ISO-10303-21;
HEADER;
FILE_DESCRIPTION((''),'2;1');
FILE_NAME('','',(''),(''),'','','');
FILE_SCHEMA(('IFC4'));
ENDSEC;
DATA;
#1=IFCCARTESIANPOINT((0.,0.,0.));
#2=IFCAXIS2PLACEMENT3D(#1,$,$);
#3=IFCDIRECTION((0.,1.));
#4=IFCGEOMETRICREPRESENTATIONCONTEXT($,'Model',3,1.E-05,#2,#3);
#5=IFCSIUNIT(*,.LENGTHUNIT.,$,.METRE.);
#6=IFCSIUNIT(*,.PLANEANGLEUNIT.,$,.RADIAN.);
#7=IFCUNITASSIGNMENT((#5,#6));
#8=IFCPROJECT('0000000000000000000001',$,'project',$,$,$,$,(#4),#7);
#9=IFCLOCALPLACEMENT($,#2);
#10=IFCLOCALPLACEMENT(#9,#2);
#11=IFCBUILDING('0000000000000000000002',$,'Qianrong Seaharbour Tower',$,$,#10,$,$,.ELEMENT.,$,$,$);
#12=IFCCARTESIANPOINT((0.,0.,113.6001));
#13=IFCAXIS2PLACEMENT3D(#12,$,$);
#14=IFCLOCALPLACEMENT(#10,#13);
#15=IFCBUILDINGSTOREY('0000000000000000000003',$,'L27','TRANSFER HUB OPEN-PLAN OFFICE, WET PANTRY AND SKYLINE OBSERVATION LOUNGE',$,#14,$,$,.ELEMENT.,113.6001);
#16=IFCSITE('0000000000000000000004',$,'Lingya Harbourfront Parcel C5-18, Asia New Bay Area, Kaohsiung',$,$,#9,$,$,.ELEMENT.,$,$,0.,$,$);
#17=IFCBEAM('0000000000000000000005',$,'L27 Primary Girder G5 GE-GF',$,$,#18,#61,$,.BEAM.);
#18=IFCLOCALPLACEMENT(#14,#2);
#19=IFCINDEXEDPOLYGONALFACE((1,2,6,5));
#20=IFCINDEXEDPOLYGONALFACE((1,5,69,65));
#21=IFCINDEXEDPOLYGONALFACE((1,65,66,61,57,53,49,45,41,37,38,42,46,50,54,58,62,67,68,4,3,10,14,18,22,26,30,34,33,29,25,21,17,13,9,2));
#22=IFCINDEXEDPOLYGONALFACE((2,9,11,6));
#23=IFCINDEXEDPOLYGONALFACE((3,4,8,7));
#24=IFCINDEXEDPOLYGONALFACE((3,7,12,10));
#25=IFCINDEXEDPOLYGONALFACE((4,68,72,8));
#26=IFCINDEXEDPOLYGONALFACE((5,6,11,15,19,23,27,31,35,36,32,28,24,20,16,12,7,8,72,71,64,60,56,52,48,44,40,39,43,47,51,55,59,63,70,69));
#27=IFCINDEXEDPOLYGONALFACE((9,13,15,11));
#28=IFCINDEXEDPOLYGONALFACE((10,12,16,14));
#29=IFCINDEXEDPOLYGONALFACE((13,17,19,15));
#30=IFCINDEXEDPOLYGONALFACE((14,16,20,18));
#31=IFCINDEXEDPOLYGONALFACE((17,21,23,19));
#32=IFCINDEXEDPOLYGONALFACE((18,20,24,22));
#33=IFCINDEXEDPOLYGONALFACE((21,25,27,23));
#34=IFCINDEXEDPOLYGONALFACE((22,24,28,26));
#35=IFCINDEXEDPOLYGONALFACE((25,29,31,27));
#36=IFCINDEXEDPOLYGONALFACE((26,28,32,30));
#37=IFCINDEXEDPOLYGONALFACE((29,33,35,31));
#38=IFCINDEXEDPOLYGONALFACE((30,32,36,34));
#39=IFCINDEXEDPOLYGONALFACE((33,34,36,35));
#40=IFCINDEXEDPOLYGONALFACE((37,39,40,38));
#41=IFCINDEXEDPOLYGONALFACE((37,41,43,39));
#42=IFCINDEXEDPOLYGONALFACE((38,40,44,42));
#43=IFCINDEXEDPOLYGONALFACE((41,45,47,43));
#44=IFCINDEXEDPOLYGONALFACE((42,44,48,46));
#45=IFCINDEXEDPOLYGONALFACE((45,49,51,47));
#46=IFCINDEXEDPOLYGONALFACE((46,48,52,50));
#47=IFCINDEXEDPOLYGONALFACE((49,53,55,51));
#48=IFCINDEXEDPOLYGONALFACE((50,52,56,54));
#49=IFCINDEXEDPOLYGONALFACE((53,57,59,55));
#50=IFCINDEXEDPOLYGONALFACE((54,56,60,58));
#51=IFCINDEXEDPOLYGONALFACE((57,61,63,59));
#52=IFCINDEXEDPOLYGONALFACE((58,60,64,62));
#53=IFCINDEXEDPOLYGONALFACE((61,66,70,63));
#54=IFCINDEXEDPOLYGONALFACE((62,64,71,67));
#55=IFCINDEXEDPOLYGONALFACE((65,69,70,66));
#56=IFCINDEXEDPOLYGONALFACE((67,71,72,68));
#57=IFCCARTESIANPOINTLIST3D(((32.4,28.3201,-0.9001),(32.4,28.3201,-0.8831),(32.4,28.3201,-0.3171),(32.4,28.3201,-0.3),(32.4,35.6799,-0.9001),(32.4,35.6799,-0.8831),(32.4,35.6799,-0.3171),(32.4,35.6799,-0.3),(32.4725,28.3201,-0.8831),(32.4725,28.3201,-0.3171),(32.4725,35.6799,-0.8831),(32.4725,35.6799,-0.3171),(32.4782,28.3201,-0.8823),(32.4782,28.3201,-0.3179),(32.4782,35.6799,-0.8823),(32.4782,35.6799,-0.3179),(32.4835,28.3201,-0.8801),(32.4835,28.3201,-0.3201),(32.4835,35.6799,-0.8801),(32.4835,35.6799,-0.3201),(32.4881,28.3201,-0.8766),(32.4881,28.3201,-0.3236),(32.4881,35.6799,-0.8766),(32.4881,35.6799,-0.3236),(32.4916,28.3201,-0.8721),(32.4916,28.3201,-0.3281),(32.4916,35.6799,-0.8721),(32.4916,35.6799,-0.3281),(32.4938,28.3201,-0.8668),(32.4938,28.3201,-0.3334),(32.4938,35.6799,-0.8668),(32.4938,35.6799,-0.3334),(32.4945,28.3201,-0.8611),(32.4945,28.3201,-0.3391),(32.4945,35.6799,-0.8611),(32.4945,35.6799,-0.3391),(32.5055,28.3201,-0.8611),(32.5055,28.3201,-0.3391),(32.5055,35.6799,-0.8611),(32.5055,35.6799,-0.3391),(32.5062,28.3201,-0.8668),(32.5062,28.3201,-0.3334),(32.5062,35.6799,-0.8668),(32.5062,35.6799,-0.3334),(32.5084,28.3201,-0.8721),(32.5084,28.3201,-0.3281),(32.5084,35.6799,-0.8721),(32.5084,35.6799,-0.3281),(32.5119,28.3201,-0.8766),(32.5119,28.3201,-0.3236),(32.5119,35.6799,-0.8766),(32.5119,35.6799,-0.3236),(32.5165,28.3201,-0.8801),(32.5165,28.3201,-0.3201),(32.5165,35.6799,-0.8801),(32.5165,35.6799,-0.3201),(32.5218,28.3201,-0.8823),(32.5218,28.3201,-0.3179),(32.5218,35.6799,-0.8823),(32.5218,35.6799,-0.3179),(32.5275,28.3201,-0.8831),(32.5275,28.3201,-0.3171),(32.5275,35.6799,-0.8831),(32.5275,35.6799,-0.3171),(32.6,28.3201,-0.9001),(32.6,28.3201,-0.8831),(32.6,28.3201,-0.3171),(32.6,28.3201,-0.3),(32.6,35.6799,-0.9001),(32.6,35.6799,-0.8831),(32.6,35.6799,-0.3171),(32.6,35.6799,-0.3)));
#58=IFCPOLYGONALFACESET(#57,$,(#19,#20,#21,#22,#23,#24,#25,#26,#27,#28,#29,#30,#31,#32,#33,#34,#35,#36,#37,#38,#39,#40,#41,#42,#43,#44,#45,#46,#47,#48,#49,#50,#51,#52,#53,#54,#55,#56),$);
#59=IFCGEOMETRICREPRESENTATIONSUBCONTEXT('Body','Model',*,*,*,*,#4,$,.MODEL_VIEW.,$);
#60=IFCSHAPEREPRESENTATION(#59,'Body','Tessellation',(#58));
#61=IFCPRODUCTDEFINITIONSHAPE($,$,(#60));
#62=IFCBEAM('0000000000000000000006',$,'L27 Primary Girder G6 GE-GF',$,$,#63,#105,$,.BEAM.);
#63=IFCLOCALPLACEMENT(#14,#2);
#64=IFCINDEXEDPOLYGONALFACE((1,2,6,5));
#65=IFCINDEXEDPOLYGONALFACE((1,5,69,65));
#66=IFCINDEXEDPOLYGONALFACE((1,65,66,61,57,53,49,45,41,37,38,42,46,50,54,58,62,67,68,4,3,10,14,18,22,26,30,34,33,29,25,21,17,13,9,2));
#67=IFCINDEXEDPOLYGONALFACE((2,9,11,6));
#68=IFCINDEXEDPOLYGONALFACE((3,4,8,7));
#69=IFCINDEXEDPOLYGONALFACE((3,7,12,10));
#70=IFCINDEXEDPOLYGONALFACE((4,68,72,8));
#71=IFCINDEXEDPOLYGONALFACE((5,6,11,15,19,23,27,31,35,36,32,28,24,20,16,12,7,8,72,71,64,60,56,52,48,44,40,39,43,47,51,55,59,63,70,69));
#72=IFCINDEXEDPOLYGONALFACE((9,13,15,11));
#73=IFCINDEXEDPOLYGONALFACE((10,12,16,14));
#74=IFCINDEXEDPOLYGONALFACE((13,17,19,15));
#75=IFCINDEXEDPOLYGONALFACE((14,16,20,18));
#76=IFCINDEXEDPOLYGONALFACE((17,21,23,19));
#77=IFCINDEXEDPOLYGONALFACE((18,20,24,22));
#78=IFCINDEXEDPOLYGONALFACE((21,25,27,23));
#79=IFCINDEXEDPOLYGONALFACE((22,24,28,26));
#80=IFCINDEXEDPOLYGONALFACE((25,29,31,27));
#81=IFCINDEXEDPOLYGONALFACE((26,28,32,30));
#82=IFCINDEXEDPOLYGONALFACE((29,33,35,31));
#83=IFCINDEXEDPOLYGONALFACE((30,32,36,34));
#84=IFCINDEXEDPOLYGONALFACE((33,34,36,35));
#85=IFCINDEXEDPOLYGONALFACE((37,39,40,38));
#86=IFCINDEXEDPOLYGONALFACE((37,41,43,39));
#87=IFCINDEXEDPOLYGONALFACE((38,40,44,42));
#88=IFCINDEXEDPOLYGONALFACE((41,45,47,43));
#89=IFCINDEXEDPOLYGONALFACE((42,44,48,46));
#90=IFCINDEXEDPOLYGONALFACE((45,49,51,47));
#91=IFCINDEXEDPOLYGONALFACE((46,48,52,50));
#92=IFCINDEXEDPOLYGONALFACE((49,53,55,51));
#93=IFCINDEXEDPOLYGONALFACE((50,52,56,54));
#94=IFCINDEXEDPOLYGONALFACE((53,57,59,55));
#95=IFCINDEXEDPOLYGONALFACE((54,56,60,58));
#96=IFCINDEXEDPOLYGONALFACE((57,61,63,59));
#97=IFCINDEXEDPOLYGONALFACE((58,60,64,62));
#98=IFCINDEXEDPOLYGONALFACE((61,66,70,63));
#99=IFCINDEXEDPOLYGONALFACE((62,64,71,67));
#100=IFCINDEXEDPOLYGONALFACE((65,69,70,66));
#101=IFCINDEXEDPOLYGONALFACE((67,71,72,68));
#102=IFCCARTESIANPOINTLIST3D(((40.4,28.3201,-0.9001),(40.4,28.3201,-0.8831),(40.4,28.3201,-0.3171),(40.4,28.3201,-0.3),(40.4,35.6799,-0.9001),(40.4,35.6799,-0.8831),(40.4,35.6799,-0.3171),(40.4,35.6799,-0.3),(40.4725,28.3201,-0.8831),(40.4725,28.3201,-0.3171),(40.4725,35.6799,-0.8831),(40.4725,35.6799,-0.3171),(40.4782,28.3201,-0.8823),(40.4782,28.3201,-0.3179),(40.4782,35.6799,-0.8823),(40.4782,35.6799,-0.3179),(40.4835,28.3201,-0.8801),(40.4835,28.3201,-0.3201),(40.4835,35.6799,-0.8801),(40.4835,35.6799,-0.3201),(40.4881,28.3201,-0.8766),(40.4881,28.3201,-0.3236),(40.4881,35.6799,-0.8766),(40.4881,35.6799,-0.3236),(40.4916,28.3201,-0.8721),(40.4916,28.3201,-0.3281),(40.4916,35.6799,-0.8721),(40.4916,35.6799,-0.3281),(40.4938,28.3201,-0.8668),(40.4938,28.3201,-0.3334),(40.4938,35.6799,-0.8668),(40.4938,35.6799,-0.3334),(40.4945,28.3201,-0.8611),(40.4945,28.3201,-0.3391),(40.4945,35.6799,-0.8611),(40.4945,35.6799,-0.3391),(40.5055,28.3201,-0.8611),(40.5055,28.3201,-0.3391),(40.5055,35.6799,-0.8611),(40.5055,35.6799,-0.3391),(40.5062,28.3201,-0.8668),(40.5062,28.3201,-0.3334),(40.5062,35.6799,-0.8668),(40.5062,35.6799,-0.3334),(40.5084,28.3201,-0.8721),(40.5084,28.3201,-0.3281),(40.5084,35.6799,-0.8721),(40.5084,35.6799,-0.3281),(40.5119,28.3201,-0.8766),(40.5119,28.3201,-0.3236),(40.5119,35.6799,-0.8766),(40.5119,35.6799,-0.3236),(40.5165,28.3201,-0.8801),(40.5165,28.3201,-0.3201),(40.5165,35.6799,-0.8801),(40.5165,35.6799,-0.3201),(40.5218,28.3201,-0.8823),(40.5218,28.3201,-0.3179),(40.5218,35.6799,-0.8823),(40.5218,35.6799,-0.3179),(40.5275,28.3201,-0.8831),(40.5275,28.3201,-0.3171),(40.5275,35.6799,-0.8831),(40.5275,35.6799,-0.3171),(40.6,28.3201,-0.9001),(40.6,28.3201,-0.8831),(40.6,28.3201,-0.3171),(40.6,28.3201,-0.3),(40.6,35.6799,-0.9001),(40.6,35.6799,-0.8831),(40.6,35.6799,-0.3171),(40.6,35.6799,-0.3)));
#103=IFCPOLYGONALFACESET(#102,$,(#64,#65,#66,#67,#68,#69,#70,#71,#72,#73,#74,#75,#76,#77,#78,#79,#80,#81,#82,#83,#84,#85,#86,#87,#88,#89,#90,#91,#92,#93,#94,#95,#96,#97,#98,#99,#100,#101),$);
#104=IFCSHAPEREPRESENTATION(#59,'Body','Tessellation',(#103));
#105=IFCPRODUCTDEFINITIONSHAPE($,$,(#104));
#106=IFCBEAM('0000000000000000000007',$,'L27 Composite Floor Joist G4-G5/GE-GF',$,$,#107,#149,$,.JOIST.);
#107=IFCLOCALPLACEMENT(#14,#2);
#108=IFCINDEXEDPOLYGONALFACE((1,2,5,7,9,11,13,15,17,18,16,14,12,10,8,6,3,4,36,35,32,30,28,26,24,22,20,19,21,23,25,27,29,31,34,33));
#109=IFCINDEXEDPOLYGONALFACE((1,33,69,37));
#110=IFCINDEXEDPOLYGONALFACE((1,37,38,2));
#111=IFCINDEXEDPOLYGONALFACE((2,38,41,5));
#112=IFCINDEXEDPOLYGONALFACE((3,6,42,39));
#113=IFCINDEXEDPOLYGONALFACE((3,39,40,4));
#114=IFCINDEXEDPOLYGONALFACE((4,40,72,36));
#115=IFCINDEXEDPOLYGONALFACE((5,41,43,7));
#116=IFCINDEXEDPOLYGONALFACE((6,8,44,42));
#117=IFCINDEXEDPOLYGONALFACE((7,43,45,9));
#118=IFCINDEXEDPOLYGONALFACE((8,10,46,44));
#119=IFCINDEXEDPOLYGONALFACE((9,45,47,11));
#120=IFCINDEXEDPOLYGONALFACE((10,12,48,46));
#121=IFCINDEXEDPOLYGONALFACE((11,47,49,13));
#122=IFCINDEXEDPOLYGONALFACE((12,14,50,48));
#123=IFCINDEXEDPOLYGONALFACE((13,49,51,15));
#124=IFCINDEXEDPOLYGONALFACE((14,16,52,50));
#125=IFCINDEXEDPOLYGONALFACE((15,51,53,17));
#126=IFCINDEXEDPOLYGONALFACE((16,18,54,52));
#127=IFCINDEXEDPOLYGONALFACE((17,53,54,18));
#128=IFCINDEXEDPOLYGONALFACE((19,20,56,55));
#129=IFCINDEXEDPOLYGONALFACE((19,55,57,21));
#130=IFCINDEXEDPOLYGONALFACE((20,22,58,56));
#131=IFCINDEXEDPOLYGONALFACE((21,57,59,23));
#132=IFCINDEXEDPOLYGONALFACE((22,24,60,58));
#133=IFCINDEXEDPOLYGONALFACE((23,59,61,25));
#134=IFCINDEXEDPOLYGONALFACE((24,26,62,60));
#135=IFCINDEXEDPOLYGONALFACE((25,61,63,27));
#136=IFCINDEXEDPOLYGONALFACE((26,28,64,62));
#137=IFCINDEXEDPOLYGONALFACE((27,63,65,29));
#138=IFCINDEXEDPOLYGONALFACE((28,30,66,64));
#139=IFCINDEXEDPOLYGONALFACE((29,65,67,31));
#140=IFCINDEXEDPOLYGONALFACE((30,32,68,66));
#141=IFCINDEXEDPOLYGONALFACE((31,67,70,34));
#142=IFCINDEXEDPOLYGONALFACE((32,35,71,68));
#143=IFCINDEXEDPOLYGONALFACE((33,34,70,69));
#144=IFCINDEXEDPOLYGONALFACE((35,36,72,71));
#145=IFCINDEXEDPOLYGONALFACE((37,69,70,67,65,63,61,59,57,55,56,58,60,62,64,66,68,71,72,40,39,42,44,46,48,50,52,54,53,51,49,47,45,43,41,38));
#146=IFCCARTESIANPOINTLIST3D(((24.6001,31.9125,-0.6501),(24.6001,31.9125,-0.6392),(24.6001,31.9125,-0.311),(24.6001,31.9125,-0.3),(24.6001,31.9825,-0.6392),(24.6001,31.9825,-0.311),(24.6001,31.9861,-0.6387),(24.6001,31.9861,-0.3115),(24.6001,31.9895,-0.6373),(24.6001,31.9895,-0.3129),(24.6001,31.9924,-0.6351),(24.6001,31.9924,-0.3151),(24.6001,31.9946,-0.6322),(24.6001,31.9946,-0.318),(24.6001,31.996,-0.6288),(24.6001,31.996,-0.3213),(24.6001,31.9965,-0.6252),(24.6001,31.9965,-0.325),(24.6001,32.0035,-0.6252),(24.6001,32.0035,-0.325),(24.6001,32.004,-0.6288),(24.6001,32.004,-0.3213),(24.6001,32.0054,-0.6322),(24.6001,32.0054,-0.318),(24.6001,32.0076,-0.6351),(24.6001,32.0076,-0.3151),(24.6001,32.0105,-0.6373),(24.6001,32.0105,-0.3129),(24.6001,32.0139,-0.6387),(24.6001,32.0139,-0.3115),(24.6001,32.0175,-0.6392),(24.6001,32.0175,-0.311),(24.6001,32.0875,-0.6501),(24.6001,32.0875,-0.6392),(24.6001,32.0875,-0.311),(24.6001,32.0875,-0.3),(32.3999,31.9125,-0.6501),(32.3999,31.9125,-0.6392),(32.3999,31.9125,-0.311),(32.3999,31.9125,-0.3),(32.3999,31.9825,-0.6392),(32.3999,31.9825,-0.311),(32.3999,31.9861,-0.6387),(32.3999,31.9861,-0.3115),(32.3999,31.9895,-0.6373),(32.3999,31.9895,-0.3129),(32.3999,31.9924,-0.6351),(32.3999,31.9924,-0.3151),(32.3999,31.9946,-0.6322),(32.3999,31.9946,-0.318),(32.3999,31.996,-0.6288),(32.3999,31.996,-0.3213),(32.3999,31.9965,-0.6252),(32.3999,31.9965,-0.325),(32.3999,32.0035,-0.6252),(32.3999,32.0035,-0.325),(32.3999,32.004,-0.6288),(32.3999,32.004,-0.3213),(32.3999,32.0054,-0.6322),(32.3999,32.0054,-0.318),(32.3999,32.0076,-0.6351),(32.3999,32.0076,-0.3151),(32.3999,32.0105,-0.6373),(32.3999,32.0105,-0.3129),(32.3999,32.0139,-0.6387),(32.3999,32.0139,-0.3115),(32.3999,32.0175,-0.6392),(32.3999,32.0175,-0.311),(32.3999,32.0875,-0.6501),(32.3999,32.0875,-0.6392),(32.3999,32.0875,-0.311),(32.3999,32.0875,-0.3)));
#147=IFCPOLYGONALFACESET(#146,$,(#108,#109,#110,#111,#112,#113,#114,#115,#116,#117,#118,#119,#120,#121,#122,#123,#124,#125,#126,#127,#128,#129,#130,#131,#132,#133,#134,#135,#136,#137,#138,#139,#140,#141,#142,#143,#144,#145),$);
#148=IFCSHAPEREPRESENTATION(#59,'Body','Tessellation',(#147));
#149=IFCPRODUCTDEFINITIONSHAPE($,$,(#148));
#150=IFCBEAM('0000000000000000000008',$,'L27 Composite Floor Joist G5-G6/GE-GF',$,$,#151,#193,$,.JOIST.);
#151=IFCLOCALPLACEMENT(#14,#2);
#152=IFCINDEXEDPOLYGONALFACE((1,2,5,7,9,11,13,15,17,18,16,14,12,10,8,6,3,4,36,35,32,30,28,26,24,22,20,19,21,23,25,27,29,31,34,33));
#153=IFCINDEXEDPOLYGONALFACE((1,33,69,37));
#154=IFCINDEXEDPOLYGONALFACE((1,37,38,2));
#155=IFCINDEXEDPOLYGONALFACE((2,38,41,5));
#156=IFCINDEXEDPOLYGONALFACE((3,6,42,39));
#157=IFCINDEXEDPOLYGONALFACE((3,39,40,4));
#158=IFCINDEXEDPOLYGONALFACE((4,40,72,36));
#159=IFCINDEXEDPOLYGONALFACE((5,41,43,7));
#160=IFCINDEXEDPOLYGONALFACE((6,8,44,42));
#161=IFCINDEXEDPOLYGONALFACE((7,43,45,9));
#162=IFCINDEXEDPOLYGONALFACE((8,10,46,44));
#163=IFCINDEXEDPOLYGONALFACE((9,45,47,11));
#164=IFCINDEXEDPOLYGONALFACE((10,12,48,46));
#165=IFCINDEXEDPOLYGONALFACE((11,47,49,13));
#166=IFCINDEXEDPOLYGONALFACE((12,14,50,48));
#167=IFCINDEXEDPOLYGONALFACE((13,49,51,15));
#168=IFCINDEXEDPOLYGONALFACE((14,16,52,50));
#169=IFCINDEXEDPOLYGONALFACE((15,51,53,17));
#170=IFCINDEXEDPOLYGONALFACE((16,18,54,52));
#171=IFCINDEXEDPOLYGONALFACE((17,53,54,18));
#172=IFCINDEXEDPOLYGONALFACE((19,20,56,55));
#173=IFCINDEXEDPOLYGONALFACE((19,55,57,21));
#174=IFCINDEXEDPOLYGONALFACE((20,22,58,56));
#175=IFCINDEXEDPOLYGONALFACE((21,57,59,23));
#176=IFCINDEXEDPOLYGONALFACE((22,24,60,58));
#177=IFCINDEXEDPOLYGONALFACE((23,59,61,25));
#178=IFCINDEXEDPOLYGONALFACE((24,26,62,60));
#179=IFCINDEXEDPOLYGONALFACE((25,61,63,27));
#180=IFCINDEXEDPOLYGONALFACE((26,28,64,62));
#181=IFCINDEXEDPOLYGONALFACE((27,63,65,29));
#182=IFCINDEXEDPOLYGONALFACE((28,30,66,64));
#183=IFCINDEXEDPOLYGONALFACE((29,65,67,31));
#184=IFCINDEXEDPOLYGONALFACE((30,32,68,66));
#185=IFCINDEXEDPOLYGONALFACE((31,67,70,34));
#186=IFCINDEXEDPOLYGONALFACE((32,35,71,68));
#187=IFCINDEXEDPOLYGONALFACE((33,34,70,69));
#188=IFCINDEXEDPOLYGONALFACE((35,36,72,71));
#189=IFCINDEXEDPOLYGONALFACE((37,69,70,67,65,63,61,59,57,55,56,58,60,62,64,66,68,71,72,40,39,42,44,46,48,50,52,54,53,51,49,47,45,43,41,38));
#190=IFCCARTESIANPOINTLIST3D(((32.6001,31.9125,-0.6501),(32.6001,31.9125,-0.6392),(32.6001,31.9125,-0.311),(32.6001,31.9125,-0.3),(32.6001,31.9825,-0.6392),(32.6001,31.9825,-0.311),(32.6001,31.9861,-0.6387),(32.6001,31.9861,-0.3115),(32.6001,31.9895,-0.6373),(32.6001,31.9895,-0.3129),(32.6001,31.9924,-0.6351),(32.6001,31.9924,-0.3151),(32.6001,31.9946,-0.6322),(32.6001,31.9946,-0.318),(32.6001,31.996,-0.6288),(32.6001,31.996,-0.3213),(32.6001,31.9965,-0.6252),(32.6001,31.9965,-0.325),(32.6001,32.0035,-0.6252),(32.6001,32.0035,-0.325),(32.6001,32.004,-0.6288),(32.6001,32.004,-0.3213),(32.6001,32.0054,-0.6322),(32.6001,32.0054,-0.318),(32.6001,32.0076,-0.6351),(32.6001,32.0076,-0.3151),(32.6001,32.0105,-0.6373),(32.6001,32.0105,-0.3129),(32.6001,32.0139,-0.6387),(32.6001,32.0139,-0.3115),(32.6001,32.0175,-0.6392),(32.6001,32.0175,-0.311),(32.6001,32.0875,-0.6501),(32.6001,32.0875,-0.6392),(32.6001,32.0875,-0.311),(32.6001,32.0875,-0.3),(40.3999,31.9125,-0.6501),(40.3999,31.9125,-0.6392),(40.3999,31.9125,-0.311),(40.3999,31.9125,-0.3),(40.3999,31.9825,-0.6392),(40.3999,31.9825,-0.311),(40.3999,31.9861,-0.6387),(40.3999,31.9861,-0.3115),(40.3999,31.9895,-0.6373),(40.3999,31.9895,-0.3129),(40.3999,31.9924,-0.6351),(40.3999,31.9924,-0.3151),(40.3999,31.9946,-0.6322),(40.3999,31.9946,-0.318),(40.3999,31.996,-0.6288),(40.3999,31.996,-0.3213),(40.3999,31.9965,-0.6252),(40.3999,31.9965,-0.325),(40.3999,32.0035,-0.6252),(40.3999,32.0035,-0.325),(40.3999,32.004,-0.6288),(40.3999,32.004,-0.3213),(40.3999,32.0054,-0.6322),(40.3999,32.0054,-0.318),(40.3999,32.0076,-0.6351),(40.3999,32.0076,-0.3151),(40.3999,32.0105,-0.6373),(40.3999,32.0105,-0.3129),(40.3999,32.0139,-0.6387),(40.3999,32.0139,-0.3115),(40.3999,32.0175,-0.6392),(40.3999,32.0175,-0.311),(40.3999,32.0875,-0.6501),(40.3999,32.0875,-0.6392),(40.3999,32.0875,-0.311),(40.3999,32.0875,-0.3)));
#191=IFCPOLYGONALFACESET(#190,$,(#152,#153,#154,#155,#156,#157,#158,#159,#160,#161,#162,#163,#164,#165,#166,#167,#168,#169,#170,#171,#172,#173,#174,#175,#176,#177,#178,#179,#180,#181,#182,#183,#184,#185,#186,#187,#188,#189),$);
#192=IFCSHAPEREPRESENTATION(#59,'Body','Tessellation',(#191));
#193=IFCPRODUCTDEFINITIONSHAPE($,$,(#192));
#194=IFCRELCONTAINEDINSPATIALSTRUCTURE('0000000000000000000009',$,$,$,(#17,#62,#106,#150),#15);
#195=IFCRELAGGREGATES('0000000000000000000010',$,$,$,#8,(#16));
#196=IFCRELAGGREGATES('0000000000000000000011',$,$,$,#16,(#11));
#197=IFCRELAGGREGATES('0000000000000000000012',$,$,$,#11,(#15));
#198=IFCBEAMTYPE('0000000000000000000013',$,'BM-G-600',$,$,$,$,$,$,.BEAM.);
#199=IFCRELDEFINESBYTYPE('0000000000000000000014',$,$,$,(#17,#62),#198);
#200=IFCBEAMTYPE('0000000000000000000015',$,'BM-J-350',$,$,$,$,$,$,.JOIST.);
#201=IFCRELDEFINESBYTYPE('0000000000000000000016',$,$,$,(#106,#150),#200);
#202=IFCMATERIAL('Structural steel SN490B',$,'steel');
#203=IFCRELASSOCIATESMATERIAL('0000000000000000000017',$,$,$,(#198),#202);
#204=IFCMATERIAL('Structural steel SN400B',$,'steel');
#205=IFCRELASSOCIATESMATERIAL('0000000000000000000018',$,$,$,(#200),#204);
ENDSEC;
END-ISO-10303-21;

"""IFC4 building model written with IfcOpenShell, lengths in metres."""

from ifc_helpers import new_model, si_unit, direction, frame, origin, origin_2d, place, context, subcontext, project, spatial, i_section, extrude, material, material_profile, profile_set, type_object, element, save


model = new_model("IFC4")

# Units and contexts
model_context = context("Model", 3, precision=1e-05, world=origin(), true_north=direction((0.0, 1.0)))
body_context = subcontext(model_context, "Body", "Model", "MODEL_VIEW")
ifc_project = project(units=[si_unit("LENGTHUNIT", "METRE"), si_unit("PLANEANGLEUNIT", "RADIAN")], contexts=[model_context])

# Site, building, storey
site_placement = place(None, origin())
site = spatial("IfcSite", under=ifc_project, at=site_placement, Name="Lingya Harbourfront Parcel C5-18, Asia New Bay Area, Kaohsiung", CompositionType="ELEMENT", RefElevation=0.0)
building_placement = place(site_placement, origin())
building = spatial("IfcBuilding", under=site, at=building_placement, Name="Qianrong Seaharbour Tower", CompositionType="ELEMENT")
storey_placement = place(building_placement, frame((0.0, 0.0, 113.6001)))
storey = spatial("IfcBuildingStorey", under=building, at=storey_placement, Name="L27", Description="TRANSFER HUB OPEN-PLAN OFFICE, WET PANTRY AND SKYLINE OBSERVATION LOUNGE", CompositionType="ELEMENT", Elevation=113.6001)

# Shared definitions
ifc_material_1 = material(Name="Structural steel SN490B", Category="steel")

# Beams
ifc_material_profile_1 = material_profile(ifc_material_1, i_section(OverallWidth=0.2, OverallDepth=0.6001, WebThickness=0.011, FlangeThickness=0.0171, FilletRadius=0.022, at=origin_2d()), Name="H600x200x11x17")
ifc_profile_set_1 = profile_set([ifc_material_profile_1], Name="Structural steel SN490B")
beam_type_1 = type_object("IfcBeamType", Name="BM-G-600", PredefinedType="BEAM", material=ifc_profile_set_1)
for number, where, z_axis, x_axis, name in (
    (1, (32.5, 28.3201, -0.6001), (0.0, 1.0, 0.0), (-1.0, 0.0, 0.0), "L27 Primary Girder G5 GE-GF"),
    (2, (40.5, 28.3201, -0.6001), (0.0, 1.0, 0.0), (-1.0, 0.0, 0.0), "L27 Primary Girder G6 GE-GF"),
):
    element("IfcBeam", number, at=place(storey_placement, frame(where, z_axis=z_axis, x_axis=x_axis)), inside=storey, type_object=beam_type_1, Name=name, PredefinedType="BEAM", context=body_context, shape_type="SweptSolid", body=[
        extrude(i_section(OverallWidth=0.2, OverallDepth=0.6001, WebThickness=0.011, FlangeThickness=0.0171, FilletRadius=0.022, at=origin_2d()), origin(), (0.0, 0.0, 1.0), 7.3599),
    ])
ifc_material_2 = material(Name="Structural steel SN400B", Category="steel")
ifc_material_profile_2 = material_profile(ifc_material_2, i_section(OverallWidth=0.175, OverallDepth=0.3501, WebThickness=0.0071, FlangeThickness=0.011, FilletRadius=0.0139, at=origin_2d()), Name="H350x175x7x11")
ifc_profile_set_2 = profile_set([ifc_material_profile_2], Name="Structural steel SN400B")
beam_type_2 = type_object("IfcBeamType", Name="BM-J-350", PredefinedType="JOIST", material=ifc_profile_set_2)
for number, where, z_axis, x_axis, name in (
    (3, (24.6001, 32.0, -0.4751), (1.0, 0.0, 0.0), (0.0, 1.0, 0.0), "L27 Composite Floor Joist G4-G5/GE-GF"),
    (4, (32.6001, 32.0, -0.4751), (1.0, 0.0, 0.0), (0.0, 1.0, 0.0), "L27 Composite Floor Joist G5-G6/GE-GF"),
):
    element("IfcBeam", number, at=place(storey_placement, frame(where, z_axis=z_axis, x_axis=x_axis)), inside=storey, type_object=beam_type_2, Name=name, PredefinedType="JOIST", context=body_context, shape_type="SweptSolid", body=[
        extrude(i_section(OverallWidth=0.175, OverallDepth=0.3501, WebThickness=0.0071, FlangeThickness=0.011, FilletRadius=0.0139, at=origin_2d()), origin(), (0.0, 0.0, 1.0), 7.7998),
    ])

save(model, "model.ifc")
